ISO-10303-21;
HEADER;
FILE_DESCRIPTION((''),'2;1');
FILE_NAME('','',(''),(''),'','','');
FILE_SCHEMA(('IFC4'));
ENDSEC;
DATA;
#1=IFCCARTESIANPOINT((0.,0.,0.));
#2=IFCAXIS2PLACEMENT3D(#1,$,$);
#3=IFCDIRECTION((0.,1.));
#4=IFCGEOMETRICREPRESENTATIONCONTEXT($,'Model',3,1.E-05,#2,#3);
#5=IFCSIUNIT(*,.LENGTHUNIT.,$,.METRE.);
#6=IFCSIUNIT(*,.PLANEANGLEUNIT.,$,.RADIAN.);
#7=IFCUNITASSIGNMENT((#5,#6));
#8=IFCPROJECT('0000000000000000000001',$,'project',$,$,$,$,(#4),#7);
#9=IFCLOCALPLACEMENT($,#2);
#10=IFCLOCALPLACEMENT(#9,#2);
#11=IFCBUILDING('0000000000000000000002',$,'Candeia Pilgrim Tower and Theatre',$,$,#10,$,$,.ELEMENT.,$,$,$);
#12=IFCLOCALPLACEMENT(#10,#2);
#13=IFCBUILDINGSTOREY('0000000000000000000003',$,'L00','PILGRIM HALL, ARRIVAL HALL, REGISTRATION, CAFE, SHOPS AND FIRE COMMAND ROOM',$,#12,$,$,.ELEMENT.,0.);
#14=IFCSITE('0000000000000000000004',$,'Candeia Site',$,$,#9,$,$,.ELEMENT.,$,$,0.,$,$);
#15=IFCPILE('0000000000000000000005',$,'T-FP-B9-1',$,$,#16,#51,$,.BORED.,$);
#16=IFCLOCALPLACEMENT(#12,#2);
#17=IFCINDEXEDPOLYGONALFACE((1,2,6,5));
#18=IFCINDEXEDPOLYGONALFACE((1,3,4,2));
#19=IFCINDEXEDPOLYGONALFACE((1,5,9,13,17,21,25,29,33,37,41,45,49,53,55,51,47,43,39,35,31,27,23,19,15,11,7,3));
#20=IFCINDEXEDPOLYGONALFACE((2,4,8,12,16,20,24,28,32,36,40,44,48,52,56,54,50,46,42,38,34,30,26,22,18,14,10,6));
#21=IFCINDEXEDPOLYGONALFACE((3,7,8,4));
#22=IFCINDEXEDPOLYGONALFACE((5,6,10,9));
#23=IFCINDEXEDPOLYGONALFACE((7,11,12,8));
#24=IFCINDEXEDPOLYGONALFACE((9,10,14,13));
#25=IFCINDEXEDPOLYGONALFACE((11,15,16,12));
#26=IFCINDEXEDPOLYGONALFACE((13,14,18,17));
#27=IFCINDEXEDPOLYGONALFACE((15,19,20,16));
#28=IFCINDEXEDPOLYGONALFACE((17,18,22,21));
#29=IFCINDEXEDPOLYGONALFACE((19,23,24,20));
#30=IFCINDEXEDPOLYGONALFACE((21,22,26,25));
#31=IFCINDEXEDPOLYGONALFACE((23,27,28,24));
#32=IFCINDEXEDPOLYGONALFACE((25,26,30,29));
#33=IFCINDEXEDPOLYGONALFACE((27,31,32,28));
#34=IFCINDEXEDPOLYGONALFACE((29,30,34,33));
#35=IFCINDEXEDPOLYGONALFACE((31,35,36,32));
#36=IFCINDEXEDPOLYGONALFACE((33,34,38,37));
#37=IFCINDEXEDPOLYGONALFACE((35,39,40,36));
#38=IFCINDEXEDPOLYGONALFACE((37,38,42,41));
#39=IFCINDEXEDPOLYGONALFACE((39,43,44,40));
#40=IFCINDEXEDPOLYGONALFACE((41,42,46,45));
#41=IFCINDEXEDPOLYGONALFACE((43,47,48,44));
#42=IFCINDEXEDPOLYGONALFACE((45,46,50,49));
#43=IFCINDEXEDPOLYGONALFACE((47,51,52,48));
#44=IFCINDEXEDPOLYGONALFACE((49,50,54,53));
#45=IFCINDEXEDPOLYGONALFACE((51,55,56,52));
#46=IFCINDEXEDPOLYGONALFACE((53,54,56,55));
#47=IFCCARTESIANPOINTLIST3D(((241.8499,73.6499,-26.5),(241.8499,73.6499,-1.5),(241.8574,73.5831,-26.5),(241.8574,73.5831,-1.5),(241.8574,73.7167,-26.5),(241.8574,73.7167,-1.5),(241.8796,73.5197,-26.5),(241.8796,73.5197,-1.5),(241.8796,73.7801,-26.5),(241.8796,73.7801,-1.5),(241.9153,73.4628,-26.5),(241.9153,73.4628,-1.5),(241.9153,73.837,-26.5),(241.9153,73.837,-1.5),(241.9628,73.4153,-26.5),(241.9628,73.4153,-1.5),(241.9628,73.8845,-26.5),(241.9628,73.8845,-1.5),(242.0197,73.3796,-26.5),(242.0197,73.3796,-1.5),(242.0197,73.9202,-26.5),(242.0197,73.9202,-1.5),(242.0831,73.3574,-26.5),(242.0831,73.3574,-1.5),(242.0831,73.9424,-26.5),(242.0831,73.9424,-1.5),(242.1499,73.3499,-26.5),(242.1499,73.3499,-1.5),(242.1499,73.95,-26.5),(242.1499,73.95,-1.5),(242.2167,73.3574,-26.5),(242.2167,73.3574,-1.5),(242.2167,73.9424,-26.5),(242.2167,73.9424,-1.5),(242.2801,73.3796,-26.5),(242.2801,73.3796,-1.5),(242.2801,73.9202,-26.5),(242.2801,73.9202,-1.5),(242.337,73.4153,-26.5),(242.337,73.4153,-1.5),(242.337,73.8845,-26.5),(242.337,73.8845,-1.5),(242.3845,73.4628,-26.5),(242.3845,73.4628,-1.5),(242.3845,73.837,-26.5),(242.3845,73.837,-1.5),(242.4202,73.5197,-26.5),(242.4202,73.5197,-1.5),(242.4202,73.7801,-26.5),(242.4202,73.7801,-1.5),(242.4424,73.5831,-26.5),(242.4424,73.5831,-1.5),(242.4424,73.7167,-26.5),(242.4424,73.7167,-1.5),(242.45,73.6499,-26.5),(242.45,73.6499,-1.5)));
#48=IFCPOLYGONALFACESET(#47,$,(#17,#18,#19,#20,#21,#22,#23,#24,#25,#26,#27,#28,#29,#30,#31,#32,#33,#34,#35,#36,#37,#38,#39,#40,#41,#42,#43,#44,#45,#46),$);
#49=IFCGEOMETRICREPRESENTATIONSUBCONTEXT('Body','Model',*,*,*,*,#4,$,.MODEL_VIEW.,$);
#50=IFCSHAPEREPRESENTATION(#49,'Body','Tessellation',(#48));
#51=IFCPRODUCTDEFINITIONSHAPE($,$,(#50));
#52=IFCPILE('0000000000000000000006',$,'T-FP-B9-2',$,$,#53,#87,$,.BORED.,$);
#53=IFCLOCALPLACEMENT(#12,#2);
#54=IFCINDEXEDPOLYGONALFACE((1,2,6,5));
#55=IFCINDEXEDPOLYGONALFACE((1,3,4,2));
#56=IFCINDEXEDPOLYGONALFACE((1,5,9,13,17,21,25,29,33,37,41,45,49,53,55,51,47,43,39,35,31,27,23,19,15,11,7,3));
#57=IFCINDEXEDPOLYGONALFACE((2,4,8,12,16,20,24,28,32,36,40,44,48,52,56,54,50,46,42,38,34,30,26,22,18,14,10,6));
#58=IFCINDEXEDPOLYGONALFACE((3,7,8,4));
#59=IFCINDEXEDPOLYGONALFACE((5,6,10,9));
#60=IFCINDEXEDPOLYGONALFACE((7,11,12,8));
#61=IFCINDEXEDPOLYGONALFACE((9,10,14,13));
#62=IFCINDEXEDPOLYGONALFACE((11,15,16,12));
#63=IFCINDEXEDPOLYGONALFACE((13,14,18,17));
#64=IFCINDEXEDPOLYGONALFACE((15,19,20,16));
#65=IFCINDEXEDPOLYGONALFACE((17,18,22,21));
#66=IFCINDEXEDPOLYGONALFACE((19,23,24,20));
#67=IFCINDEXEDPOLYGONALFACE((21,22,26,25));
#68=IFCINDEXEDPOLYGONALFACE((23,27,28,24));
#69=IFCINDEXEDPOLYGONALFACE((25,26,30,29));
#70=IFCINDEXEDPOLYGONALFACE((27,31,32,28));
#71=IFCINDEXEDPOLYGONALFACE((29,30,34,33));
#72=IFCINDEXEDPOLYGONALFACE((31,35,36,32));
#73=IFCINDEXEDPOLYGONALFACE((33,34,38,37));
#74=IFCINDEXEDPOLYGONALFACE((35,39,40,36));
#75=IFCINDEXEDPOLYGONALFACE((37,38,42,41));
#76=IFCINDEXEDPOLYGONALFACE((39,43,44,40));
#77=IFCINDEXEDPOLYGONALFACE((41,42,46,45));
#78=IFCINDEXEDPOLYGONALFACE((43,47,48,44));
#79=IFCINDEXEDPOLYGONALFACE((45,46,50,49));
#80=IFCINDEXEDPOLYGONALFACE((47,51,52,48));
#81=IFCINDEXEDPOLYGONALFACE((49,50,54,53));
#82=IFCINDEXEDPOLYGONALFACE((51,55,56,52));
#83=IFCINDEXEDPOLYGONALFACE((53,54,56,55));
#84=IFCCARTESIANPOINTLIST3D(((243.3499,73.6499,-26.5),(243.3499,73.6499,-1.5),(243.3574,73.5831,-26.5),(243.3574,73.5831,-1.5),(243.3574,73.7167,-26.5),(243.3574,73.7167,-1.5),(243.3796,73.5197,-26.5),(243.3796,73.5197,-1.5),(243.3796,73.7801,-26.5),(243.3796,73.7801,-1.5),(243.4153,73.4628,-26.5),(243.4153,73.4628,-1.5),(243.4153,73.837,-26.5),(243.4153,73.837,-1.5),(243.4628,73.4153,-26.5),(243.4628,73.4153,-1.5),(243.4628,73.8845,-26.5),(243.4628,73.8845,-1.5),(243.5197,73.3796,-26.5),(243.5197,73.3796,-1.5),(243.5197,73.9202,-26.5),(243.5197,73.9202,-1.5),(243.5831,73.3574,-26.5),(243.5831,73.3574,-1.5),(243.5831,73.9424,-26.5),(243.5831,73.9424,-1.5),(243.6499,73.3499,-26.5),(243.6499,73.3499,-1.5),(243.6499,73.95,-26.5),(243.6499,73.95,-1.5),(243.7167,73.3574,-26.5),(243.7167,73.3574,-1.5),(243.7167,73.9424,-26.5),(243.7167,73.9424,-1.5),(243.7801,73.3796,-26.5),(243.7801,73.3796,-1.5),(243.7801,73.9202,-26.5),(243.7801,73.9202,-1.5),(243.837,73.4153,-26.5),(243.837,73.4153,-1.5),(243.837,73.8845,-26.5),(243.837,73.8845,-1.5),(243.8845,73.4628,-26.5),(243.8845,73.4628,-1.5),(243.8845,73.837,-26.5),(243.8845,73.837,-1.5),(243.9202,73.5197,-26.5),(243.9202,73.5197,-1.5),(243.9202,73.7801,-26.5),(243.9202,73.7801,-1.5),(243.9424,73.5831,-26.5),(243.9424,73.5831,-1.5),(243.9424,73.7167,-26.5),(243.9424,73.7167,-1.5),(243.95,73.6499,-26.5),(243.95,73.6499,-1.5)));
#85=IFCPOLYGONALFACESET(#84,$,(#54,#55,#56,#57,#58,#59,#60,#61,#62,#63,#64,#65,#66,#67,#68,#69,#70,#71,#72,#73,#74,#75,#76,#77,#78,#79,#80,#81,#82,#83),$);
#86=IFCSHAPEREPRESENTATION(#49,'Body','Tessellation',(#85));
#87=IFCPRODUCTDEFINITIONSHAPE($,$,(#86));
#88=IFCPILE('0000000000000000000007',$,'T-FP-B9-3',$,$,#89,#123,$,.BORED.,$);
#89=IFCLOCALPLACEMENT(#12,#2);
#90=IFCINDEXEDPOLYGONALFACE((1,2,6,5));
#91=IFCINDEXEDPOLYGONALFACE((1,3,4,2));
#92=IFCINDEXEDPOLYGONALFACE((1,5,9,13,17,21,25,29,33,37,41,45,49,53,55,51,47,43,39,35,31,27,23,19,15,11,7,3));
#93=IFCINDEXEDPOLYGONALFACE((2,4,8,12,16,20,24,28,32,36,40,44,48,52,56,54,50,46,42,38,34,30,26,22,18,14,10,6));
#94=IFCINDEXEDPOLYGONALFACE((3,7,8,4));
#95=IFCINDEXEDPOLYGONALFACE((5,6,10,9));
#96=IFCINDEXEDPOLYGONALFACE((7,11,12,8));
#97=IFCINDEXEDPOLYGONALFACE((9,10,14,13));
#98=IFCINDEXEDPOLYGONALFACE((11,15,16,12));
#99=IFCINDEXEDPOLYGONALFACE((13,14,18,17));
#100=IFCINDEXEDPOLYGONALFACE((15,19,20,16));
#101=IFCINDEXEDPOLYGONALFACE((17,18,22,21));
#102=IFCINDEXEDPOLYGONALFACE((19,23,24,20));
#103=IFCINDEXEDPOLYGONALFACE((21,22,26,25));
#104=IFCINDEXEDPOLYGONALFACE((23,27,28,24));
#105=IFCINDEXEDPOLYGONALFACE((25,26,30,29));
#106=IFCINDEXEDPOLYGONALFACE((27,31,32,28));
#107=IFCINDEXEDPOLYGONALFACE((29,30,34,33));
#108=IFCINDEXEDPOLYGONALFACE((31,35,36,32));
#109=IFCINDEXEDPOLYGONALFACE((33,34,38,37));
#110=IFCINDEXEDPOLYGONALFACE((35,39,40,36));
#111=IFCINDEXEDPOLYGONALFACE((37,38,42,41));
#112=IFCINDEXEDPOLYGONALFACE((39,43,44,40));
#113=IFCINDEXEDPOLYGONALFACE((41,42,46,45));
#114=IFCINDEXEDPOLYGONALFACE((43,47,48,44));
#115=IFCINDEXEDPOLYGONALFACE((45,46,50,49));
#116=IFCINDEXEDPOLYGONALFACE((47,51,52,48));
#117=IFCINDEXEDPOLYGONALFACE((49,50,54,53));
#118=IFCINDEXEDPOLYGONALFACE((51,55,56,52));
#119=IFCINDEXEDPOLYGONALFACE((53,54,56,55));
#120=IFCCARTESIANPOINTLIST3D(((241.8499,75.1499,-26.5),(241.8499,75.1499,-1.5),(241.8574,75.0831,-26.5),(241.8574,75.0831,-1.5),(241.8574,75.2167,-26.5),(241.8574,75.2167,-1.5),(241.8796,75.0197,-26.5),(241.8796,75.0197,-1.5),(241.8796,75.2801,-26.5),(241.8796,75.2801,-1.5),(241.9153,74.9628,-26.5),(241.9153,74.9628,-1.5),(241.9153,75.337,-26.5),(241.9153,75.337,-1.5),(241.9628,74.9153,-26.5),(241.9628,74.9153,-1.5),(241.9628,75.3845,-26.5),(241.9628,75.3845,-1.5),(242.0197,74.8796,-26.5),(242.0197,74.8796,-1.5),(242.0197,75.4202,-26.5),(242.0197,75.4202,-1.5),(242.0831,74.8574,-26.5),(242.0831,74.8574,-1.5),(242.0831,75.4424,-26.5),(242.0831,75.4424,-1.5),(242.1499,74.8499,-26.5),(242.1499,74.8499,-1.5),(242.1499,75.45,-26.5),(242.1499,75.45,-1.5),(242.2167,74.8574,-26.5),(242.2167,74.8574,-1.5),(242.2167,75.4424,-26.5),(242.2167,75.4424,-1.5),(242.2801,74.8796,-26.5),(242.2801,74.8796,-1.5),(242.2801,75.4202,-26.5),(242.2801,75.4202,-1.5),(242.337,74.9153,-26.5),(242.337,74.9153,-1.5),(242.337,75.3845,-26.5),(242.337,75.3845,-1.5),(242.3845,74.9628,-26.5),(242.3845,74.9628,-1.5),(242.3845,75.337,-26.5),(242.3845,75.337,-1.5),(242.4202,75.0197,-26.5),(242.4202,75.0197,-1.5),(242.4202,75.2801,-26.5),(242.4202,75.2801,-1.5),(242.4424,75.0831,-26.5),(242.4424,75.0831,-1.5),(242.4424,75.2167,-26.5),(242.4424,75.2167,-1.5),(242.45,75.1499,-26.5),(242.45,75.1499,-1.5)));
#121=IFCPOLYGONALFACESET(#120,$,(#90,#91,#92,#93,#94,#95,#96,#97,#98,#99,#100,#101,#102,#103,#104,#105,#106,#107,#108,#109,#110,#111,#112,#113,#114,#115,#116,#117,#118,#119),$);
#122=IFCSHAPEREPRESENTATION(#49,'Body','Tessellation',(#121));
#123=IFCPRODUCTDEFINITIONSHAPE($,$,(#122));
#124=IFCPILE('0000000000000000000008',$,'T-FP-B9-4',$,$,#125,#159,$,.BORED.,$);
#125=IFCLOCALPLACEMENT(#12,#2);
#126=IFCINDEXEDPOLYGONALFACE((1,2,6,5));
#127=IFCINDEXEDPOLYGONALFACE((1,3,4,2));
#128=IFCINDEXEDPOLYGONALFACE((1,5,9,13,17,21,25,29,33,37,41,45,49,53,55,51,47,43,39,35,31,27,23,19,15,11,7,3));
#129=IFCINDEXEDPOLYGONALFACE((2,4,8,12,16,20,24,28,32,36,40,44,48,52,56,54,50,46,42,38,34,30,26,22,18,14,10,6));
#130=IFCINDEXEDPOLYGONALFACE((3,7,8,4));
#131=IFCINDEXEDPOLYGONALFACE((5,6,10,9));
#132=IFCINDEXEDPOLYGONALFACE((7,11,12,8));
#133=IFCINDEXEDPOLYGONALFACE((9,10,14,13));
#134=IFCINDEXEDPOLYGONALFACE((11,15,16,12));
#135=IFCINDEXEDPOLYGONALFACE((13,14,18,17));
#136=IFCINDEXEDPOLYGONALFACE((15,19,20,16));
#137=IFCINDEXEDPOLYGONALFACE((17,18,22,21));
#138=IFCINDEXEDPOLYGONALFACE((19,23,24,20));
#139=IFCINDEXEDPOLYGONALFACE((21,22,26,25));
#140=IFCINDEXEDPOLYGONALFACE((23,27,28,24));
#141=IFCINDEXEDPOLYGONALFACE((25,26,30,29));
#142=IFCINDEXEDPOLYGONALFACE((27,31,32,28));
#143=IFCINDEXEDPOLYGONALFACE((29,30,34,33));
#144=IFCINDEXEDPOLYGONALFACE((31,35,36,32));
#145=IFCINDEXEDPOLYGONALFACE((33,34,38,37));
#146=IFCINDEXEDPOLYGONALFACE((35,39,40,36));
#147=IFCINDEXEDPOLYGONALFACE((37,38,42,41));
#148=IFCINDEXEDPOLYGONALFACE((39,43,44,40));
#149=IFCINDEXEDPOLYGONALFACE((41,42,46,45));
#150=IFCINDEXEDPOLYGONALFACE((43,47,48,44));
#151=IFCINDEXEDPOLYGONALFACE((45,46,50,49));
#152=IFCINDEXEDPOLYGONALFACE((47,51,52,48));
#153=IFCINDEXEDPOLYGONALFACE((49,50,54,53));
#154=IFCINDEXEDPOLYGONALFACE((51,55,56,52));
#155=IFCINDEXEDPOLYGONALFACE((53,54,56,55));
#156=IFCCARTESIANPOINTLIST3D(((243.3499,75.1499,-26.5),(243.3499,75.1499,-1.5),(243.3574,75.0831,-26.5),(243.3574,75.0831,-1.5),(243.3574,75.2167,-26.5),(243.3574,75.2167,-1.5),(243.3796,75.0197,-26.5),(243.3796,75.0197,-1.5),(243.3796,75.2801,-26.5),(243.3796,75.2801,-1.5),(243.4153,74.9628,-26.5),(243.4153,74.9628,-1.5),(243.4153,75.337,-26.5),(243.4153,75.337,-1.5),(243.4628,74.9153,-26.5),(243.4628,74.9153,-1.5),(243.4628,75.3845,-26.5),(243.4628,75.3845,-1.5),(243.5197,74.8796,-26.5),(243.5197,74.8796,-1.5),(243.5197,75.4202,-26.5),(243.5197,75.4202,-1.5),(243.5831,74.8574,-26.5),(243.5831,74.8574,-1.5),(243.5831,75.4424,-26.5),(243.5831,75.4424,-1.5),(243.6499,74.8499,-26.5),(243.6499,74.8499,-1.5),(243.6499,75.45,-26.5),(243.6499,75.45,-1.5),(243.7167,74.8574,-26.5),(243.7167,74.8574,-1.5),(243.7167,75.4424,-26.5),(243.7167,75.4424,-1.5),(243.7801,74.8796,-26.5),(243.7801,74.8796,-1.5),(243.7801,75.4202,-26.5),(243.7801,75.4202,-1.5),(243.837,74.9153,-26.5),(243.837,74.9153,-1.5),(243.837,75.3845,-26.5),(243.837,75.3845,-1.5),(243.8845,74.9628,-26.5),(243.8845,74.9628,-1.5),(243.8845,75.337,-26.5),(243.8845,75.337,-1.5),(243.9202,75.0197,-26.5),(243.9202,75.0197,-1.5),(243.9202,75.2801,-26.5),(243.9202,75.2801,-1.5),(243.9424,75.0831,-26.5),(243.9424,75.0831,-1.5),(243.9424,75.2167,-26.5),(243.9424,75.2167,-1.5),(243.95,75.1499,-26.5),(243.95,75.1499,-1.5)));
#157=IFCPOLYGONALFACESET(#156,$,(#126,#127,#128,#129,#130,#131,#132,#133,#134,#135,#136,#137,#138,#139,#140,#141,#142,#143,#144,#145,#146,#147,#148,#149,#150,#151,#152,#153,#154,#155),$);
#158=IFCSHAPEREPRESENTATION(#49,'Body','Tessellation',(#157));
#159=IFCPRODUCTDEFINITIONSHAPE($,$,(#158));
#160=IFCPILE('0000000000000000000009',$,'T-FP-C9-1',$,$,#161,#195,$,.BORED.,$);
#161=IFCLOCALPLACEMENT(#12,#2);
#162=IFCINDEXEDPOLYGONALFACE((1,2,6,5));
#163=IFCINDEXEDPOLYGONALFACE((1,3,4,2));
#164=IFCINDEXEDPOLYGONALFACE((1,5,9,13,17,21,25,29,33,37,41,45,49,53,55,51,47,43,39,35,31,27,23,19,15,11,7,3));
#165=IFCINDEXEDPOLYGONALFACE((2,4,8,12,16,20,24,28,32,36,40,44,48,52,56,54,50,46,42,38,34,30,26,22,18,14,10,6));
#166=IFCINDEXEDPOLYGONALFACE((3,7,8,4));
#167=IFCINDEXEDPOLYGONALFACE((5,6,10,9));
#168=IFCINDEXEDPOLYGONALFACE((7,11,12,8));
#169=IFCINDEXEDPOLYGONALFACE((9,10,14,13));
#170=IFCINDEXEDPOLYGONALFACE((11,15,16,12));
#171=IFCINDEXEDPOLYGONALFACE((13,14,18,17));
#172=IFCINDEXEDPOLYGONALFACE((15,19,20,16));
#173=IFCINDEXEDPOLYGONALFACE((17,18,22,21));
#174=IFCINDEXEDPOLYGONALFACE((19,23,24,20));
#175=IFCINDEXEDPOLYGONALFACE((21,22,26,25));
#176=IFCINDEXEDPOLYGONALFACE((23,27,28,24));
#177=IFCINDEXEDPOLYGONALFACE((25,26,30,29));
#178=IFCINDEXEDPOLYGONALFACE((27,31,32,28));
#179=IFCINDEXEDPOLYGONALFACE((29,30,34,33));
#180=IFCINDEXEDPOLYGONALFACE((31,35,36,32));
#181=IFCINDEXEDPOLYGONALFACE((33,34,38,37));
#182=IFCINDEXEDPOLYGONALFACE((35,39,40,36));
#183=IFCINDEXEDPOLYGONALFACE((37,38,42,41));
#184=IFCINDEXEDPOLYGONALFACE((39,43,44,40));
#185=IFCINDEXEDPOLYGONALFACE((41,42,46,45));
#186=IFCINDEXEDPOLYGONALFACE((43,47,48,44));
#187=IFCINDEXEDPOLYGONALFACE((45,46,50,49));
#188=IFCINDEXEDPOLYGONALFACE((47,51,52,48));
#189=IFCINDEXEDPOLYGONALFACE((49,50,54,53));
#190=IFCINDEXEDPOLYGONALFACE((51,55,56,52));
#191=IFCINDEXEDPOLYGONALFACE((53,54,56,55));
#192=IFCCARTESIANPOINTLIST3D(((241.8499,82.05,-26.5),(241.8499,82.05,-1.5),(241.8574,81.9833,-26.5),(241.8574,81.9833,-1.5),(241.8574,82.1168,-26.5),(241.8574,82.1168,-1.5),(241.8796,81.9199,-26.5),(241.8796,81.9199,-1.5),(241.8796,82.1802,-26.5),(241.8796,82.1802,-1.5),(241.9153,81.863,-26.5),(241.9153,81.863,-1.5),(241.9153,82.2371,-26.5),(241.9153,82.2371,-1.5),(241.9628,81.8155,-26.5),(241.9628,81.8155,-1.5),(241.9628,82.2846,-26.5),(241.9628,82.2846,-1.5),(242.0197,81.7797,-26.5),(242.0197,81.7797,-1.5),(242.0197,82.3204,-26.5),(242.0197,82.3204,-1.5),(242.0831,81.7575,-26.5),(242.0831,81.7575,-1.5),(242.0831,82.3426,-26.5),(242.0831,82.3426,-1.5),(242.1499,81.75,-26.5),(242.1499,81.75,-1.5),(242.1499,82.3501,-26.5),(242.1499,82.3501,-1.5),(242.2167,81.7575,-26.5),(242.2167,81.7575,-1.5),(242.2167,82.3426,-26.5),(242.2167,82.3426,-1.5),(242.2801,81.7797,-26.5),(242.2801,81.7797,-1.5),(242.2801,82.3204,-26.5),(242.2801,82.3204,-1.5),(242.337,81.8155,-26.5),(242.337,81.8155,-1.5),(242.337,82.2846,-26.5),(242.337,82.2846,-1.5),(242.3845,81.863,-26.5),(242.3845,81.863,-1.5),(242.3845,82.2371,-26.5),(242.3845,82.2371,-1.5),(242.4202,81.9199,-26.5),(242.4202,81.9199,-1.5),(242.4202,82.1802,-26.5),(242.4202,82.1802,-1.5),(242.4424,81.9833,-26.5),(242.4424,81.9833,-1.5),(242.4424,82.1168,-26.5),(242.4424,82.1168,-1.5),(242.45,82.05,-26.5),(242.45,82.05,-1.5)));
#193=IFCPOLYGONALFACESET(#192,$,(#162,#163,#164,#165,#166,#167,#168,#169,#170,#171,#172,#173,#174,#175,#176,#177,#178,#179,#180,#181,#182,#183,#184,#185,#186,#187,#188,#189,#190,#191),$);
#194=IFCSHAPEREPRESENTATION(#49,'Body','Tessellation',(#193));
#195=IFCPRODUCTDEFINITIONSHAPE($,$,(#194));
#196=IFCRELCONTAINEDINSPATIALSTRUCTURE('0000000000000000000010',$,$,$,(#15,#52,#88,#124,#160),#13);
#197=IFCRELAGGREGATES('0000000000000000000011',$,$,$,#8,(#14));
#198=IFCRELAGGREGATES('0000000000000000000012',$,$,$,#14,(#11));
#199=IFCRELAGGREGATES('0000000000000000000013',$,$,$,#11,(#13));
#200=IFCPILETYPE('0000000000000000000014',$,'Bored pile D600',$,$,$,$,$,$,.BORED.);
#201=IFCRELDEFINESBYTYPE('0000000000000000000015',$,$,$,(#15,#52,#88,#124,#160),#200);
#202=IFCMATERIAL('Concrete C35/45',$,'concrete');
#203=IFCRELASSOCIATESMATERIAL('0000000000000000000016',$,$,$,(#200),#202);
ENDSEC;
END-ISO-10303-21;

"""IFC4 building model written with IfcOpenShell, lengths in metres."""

from ifc_helpers import new_model, si_unit, direction, frame, origin, origin_2d, place, context, subcontext, project, spatial, circle, extrude, material, type_object, element, save


model = new_model("IFC4")

# Units and contexts
model_context = context("Model", 3, precision=1e-05, world=origin(), true_north=direction((0.0, 1.0)))
body_context = subcontext(model_context, "Body", "Model", "MODEL_VIEW")
ifc_project = project(units=[si_unit("LENGTHUNIT", "METRE"), si_unit("PLANEANGLEUNIT", "RADIAN")], contexts=[model_context])

# Site, building, storey
site_placement = place(None, origin())
site = spatial("IfcSite", under=ifc_project, at=site_placement, Name="Candeia Site", CompositionType="ELEMENT", RefElevation=0.0)
building_placement = place(site_placement, origin())
building = spatial("IfcBuilding", under=site, at=building_placement, Name="Candeia Pilgrim Tower and Theatre", CompositionType="ELEMENT")
storey_placement = place(building_placement, origin())
storey = spatial("IfcBuildingStorey", under=building, at=storey_placement, Name="L00", Description="PILGRIM HALL, ARRIVAL HALL, REGISTRATION, CAFE, SHOPS AND FIRE COMMAND ROOM", CompositionType="ELEMENT", Elevation=0.0)

# Piles
ifc_material_1 = material(Name="Concrete C35/45", Category="concrete")
pile_type = type_object("IfcPileType", Name="Bored pile D600", PredefinedType="BORED", material=ifc_material_1)
for number, where, z_axis, x_axis, name in (
    (1, (242.1499, 73.6499, -1.5), (0.0, 0.0, -1.0), (1.0, 0.0, 0.0), "T-FP-B9-1"),
    (2, (243.6499, 73.6499, -1.5), (0.0, 0.0, -1.0), (1.0, 0.0, 0.0), "T-FP-B9-2"),
    (3, (242.1499, 75.1499, -1.5), (0.0, 0.0, -1.0), (1.0, 0.0, 0.0), "T-FP-B9-3"),
    (4, (243.6499, 75.1499, -1.5), (0.0, 0.0, -1.0), (1.0, 0.0, 0.0), "T-FP-B9-4"),
    (5, (242.1499, 82.05, -1.5), (0.0, 0.0, -1.0), (1.0, 0.0, 0.0), "T-FP-C9-1"),
):
    element("IfcPile", number, at=place(storey_placement, frame(where, z_axis=z_axis, x_axis=x_axis)), inside=storey, type_object=pile_type, Name=name, PredefinedType="BORED", context=body_context, shape_type="SweptSolid", body=[
        extrude(circle(Radius=0.3, at=origin_2d()), origin(), (0.0, 0.0, 1.0), 25.0),
    ])

save(model, "model.ifc")
